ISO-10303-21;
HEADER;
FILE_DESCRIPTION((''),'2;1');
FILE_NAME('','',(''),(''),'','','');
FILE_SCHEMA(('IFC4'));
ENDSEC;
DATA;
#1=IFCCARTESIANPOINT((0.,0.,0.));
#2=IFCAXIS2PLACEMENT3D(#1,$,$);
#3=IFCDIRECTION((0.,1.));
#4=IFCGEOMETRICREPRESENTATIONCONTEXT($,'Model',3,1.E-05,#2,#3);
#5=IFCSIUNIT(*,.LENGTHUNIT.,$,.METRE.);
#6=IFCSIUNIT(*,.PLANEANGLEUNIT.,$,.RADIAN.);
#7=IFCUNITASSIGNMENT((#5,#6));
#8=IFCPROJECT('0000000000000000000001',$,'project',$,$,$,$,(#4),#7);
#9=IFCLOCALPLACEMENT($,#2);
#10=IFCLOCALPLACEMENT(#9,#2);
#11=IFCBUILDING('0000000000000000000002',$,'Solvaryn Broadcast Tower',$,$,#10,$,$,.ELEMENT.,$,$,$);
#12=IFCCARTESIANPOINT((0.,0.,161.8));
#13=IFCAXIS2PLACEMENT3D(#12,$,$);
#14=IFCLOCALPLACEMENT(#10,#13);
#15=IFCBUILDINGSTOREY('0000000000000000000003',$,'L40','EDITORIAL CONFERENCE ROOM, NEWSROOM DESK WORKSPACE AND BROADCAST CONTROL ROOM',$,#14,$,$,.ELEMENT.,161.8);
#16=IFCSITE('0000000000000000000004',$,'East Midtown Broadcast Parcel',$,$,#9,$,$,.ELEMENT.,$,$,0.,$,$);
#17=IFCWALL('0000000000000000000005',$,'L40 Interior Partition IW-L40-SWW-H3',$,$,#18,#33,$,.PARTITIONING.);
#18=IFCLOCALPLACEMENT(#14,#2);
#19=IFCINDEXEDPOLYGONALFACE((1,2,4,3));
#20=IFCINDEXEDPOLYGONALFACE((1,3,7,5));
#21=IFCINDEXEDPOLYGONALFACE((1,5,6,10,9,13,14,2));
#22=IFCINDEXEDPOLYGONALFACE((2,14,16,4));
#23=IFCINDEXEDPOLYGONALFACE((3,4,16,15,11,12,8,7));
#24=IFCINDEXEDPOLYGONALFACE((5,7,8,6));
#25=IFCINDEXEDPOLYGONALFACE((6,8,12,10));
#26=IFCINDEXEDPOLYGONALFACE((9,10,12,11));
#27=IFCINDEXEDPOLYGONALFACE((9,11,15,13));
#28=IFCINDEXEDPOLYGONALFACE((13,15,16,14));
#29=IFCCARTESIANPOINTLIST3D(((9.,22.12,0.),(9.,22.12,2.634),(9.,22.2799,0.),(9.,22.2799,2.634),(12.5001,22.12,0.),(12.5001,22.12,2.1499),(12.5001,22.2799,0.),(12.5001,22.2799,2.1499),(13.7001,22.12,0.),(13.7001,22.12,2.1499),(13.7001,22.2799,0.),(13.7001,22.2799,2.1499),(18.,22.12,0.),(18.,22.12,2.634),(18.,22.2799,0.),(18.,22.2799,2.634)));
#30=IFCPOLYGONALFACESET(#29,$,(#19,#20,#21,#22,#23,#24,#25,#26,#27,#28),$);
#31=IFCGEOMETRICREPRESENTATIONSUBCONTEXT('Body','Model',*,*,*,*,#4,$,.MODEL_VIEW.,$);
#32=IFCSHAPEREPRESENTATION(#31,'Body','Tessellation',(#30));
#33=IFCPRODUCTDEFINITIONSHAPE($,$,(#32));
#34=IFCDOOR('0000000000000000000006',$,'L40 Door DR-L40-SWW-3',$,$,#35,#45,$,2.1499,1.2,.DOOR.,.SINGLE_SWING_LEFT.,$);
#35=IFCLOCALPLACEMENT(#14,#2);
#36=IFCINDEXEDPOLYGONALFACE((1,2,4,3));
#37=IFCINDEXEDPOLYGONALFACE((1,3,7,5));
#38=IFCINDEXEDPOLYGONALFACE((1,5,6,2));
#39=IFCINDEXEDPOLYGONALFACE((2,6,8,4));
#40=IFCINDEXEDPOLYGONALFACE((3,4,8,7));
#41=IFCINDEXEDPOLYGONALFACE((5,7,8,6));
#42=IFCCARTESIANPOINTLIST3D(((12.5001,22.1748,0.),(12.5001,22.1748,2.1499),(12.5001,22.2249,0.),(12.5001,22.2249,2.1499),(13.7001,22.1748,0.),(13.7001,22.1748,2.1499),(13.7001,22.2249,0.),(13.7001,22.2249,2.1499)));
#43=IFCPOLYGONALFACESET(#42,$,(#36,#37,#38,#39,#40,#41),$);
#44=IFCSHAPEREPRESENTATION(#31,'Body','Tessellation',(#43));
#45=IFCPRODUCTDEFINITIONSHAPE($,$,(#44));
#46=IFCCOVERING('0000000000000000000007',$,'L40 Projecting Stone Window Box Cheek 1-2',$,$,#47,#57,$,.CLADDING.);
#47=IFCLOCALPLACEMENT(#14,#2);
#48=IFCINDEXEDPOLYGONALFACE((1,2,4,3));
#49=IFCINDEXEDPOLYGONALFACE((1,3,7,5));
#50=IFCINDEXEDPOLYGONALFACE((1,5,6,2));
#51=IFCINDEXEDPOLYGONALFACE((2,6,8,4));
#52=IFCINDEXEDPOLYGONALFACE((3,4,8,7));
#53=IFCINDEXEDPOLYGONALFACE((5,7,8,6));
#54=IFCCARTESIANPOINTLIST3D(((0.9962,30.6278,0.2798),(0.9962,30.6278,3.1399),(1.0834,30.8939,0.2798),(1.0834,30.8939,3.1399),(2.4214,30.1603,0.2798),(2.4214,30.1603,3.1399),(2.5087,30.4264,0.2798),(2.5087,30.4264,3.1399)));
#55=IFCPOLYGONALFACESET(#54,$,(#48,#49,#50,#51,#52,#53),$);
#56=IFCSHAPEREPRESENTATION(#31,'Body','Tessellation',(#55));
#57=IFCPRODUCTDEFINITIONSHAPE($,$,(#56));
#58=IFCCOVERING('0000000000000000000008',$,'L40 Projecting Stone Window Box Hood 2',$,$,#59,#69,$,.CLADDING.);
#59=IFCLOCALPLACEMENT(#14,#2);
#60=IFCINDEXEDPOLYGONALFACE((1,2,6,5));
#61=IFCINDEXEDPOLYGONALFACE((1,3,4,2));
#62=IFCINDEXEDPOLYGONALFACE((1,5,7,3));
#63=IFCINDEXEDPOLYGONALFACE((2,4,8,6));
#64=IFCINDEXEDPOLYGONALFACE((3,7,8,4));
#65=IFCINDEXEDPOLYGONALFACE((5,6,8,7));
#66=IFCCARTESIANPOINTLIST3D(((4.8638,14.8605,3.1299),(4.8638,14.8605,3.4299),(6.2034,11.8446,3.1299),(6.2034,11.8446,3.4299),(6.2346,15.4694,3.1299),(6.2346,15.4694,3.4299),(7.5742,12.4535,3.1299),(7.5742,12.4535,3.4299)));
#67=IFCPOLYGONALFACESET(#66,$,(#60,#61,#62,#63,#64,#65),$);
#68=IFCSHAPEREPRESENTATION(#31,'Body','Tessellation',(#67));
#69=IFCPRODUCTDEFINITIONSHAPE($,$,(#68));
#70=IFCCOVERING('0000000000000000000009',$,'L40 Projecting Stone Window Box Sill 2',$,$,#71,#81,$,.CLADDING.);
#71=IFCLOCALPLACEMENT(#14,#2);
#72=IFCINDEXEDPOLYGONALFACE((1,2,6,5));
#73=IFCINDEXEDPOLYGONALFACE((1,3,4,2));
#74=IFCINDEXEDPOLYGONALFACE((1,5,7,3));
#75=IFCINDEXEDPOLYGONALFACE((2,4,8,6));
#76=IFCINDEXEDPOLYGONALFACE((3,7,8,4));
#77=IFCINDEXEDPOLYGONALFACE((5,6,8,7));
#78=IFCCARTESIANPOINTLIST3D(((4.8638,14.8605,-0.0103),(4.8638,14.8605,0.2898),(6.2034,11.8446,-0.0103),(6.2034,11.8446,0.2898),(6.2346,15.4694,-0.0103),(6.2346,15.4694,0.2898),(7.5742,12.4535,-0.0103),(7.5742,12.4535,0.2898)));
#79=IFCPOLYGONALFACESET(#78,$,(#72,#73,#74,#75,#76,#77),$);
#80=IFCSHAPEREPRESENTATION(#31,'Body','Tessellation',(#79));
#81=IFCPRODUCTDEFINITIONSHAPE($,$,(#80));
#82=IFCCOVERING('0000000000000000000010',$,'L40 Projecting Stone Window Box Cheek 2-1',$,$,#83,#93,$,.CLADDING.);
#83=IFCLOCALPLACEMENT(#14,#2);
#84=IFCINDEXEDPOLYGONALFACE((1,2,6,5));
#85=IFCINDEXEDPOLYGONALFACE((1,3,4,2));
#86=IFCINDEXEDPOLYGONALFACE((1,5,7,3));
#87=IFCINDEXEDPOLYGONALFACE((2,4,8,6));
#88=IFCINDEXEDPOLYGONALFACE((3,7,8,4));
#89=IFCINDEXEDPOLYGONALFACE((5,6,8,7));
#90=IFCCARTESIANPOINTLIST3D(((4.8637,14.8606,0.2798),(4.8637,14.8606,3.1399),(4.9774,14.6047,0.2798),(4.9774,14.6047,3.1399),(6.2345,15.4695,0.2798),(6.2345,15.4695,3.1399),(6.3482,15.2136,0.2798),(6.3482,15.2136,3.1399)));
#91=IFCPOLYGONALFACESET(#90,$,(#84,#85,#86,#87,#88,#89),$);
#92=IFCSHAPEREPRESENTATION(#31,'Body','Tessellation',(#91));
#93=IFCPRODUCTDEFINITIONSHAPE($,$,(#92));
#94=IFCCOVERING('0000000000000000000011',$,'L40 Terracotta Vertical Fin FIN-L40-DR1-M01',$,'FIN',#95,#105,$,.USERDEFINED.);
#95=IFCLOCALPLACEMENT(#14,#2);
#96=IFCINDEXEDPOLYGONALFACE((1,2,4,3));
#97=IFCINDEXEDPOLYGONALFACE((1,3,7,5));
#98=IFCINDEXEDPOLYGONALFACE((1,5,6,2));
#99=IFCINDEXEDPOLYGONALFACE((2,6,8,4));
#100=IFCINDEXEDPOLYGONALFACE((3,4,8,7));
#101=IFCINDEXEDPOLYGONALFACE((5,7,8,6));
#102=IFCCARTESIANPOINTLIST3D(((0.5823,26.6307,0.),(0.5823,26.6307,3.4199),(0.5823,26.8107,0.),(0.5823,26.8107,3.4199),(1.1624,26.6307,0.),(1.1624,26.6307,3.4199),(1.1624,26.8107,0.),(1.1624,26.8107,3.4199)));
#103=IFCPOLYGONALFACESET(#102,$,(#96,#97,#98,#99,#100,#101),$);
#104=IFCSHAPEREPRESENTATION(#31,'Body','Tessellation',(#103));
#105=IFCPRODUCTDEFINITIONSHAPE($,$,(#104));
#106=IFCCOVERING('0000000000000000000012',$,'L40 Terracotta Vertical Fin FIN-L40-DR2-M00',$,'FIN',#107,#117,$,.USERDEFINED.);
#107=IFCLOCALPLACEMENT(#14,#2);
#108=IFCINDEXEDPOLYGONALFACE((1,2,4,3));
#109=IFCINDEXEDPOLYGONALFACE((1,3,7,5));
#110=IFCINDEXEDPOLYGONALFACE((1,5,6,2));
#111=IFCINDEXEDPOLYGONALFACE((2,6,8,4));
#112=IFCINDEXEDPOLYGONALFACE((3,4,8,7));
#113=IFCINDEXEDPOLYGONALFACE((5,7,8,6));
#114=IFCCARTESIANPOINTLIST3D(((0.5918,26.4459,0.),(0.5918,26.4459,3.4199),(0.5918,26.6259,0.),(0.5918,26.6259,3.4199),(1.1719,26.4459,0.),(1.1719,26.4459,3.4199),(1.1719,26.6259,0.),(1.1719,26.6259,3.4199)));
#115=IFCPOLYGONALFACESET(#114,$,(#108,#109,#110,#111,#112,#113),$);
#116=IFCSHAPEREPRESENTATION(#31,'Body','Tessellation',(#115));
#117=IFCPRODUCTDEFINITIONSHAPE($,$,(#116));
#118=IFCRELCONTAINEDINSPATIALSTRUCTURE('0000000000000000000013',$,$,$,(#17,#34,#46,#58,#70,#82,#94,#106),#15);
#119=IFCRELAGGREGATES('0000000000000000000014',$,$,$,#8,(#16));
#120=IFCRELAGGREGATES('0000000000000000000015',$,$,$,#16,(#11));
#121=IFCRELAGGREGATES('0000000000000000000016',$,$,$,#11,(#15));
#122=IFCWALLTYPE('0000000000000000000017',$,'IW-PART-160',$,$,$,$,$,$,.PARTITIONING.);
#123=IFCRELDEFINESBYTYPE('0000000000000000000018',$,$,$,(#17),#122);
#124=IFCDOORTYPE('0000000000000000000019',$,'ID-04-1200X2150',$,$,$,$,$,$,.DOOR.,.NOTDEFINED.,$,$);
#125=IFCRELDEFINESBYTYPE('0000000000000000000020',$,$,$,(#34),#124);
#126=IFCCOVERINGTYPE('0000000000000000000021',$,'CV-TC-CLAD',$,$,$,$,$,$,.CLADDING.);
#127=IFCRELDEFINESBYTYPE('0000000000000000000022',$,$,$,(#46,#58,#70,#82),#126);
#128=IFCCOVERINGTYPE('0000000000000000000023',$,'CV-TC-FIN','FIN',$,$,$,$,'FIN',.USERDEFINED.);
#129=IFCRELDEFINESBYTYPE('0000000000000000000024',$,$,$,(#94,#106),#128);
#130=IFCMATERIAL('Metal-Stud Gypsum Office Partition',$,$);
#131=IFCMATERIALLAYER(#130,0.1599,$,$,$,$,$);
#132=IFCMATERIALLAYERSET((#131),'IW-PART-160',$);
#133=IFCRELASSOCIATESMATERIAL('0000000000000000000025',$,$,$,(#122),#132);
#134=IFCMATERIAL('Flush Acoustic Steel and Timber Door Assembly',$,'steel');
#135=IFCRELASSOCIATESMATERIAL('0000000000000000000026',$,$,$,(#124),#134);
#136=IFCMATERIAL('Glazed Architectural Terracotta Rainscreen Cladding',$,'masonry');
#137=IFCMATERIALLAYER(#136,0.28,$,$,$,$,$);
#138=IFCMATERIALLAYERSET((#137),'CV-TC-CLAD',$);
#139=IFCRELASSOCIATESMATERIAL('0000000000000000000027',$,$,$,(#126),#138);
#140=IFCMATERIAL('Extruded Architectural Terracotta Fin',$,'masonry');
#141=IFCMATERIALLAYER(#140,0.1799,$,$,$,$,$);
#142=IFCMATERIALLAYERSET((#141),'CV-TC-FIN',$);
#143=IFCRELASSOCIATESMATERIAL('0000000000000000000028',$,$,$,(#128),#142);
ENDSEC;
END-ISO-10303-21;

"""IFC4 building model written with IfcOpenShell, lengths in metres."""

from ifc_helpers import new_model, si_unit, direction, frame, frame_2d, origin, origin_2d, place, context, subcontext, project, spatial, rectangle, extrude, material, layer, layer_set, type_object, element, fill, save


model = new_model("IFC4")

# Units and contexts
model_context = context("Model", 3, precision=1e-05, world=origin(), true_north=direction((0.0, 1.0)))
body_context = subcontext(model_context, "Body", "Model", "MODEL_VIEW")
ifc_project = project(units=[si_unit("LENGTHUNIT", "METRE"), si_unit("PLANEANGLEUNIT", "RADIAN")], contexts=[model_context])

# Site, building, storey
site_placement = place(None, origin())
site = spatial("IfcSite", under=ifc_project, at=site_placement, Name="East Midtown Broadcast Parcel", CompositionType="ELEMENT", RefElevation=0.0)
building_placement = place(site_placement, origin())
building = spatial("IfcBuilding", under=site, at=building_placement, Name="Solvaryn Broadcast Tower", CompositionType="ELEMENT")
storey_placement = place(building_placement, frame((0.0, 0.0, 161.8)))
storey = spatial("IfcBuildingStorey", under=building, at=storey_placement, Name="L40", Description="EDITORIAL CONFERENCE ROOM, NEWSROOM DESK WORKSPACE AND BROADCAST CONTROL ROOM", CompositionType="ELEMENT", Elevation=161.8)

# Wall, opening, door
ifc_material_1 = material(Name="Metal-Stud Gypsum Office Partition")
ifc_layer_1 = layer(ifc_material_1, 0.1599)
ifc_layer_set_1 = layer_set([ifc_layer_1], Name="IW-PART-160")
wall_type = type_object("IfcWallType", Name="IW-PART-160", PredefinedType="PARTITIONING", material=ifc_layer_set_1)
wall_1_placement = place(storey_placement, frame((9.0, 22.2, 0.0), z_axis=(0.0, 0.0, 1.0), x_axis=(1.0, 0.0, 0.0)))
wall_1 = element("IfcWall", 1, at=wall_1_placement, inside=storey, type_object=wall_type, Name="L40 Interior Partition IW-L40-SWW-H3", PredefinedType="PARTITIONING", context=body_context, shape_type="SweptSolid", body=[
    extrude(rectangle(XDim=9.0, YDim=0.1599, at=frame_2d((4.5, 0.0))), origin(), (0.0, 0.0, 1.0), 2.634),
])
opening_1_placement = place(wall_1_placement, frame((3.5, 0.0, 0.0)))
opening_1 = element("IfcOpeningElement", 2, at=opening_1_placement, cuts=wall_1, PredefinedType="OPENING", context=body_context, shape_type="SweptSolid", body=[
    extrude(rectangle(XDim=1.2, YDim=2.1499, at=frame_2d((0.6001, 1.075))), frame((0.0, 0.0901, 0.0), z_axis=(0.0, -1.0, 0.0), x_axis=(1.0, 0.0, 0.0)), (0.0, 0.0, 1.0), 0.1799),
])
ifc_material_2 = material(Name="Flush Acoustic Steel and Timber Door Assembly", Category="steel")
door_type_1 = type_object("IfcDoorType", Name="ID-04-1200X2150", OperationType="NOTDEFINED", PredefinedType="DOOR", material=ifc_material_2)
door_1_placement = place(opening_1_placement, origin())
door_1 = element("IfcDoor", 3, at=door_1_placement, inside=storey, type_object=door_type_1, Name="L40 Door DR-L40-SWW-3", OperationType="SINGLE_SWING_LEFT", OverallHeight=2.1499, OverallWidth=1.2, PredefinedType="DOOR", context=body_context, shape_type="SweptSolid", body=[
    extrude(rectangle(XDim=1.2, YDim=2.1499, at=frame_2d((0.6001, 1.075))), frame((0.0, 0.0249, 0.0), z_axis=(0.0, -1.0, 0.0), x_axis=(1.0, 0.0, 0.0)), (0.0, 0.0, 1.0), 0.05),
])
fill(opening_1, door_1)

# Coverings
ifc_material_3 = material(Name="Glazed Architectural Terracotta Rainscreen Cladding", Category="masonry")
ifc_layer_2 = layer(ifc_material_3, 0.28)
ifc_layer_set_2 = layer_set([ifc_layer_2], Name="CV-TC-CLAD")
covering_type_1 = type_object("IfcCoveringType", Name="CV-TC-CLAD", PredefinedType="CLADDING", material=ifc_layer_set_2)
covering_1_placement = place(storey_placement, frame((1.7524, 30.5271, 0.2798), z_axis=(0.0, 0.0, 1.0), x_axis=(-0.311672, -0.95019, 0.0)))
element("IfcCovering", 4, at=covering_1_placement, inside=storey, type_object=covering_type_1, Name="L40 Projecting Stone Window Box Cheek 1-2", PredefinedType="CLADDING", context=body_context, shape_type="SweptSolid", body=[
    extrude(rectangle(XDim=0.28, YDim=1.5, at=origin_2d()), origin(), (0.0, 0.0, 1.0), 2.8601),
])
for number, where, z_axis, x_axis, name in (
    (5, (6.219, 13.657, 3.1299), (0.0, 0.0, 1.0), (0.405939, -0.9139, 0.0), "L40 Projecting Stone Window Box Hood 2"),
    (6, (6.219, 13.657, -0.0103), (0.0, 0.0, 1.0), (0.405939, -0.9139, 0.0), "L40 Projecting Stone Window Box Sill 2"),
):
    element("IfcCovering", number, at=place(storey_placement, frame(where, z_axis=z_axis, x_axis=x_axis)), inside=storey, type_object=covering_type_1, Name=name, PredefinedType="CLADDING", context=body_context, shape_type="SweptSolid", body=[
        extrude(rectangle(XDim=3.3, YDim=1.5, at=origin_2d()), origin(), (0.0, 0.0, 1.0), 0.3),
    ])
covering_2_placement = place(storey_placement, frame((5.606, 15.0371, 0.2798), z_axis=(0.0, 0.0, 1.0), x_axis=(0.405939, -0.9139, 0.0)))
element("IfcCovering", 7, at=covering_2_placement, inside=storey, type_object=covering_type_1, Name="L40 Projecting Stone Window Box Cheek 2-1", PredefinedType="CLADDING", context=body_context, shape_type="SweptSolid", body=[
    extrude(rectangle(XDim=0.28, YDim=1.5, at=origin_2d()), origin(), (0.0, 0.0, 1.0), 2.8601),
])
ifc_material_4 = material(Name="Extruded Architectural Terracotta Fin", Category="masonry")
ifc_layer_3 = layer(ifc_material_4, 0.1799)
ifc_layer_set_3 = layer_set([ifc_layer_3], Name="CV-TC-FIN")
covering_type_2 = type_object("IfcCoveringType", Name="CV-TC-FIN", Description="FIN", ElementType="FIN", PredefinedType="USERDEFINED", material=ifc_layer_set_3)
for number, where, z_axis, x_axis, name in (
    (8, (0.8723, 26.7207, 0.0), (0.0, 0.0, 1.0), (1.0, 0.0, 0.0), "L40 Terracotta Vertical Fin FIN-L40-DR1-M01"),
    (9, (0.8818, 26.5359, 0.0), (0.0, 0.0, 1.0), (1.0, 0.0, 0.0), "L40 Terracotta Vertical Fin FIN-L40-DR2-M00"),
):
    element("IfcCovering", number, at=place(storey_placement, frame(where, z_axis=z_axis, x_axis=x_axis)), inside=storey, type_object=covering_type_2, Name=name, ObjectType="FIN", PredefinedType="USERDEFINED", context=body_context, shape_type="SweptSolid", body=[
        extrude(rectangle(XDim=0.5801, YDim=0.1799, at=origin_2d()), origin(), (0.0, 0.0, 1.0), 3.4199),
    ])

save(model, "model.ifc")
